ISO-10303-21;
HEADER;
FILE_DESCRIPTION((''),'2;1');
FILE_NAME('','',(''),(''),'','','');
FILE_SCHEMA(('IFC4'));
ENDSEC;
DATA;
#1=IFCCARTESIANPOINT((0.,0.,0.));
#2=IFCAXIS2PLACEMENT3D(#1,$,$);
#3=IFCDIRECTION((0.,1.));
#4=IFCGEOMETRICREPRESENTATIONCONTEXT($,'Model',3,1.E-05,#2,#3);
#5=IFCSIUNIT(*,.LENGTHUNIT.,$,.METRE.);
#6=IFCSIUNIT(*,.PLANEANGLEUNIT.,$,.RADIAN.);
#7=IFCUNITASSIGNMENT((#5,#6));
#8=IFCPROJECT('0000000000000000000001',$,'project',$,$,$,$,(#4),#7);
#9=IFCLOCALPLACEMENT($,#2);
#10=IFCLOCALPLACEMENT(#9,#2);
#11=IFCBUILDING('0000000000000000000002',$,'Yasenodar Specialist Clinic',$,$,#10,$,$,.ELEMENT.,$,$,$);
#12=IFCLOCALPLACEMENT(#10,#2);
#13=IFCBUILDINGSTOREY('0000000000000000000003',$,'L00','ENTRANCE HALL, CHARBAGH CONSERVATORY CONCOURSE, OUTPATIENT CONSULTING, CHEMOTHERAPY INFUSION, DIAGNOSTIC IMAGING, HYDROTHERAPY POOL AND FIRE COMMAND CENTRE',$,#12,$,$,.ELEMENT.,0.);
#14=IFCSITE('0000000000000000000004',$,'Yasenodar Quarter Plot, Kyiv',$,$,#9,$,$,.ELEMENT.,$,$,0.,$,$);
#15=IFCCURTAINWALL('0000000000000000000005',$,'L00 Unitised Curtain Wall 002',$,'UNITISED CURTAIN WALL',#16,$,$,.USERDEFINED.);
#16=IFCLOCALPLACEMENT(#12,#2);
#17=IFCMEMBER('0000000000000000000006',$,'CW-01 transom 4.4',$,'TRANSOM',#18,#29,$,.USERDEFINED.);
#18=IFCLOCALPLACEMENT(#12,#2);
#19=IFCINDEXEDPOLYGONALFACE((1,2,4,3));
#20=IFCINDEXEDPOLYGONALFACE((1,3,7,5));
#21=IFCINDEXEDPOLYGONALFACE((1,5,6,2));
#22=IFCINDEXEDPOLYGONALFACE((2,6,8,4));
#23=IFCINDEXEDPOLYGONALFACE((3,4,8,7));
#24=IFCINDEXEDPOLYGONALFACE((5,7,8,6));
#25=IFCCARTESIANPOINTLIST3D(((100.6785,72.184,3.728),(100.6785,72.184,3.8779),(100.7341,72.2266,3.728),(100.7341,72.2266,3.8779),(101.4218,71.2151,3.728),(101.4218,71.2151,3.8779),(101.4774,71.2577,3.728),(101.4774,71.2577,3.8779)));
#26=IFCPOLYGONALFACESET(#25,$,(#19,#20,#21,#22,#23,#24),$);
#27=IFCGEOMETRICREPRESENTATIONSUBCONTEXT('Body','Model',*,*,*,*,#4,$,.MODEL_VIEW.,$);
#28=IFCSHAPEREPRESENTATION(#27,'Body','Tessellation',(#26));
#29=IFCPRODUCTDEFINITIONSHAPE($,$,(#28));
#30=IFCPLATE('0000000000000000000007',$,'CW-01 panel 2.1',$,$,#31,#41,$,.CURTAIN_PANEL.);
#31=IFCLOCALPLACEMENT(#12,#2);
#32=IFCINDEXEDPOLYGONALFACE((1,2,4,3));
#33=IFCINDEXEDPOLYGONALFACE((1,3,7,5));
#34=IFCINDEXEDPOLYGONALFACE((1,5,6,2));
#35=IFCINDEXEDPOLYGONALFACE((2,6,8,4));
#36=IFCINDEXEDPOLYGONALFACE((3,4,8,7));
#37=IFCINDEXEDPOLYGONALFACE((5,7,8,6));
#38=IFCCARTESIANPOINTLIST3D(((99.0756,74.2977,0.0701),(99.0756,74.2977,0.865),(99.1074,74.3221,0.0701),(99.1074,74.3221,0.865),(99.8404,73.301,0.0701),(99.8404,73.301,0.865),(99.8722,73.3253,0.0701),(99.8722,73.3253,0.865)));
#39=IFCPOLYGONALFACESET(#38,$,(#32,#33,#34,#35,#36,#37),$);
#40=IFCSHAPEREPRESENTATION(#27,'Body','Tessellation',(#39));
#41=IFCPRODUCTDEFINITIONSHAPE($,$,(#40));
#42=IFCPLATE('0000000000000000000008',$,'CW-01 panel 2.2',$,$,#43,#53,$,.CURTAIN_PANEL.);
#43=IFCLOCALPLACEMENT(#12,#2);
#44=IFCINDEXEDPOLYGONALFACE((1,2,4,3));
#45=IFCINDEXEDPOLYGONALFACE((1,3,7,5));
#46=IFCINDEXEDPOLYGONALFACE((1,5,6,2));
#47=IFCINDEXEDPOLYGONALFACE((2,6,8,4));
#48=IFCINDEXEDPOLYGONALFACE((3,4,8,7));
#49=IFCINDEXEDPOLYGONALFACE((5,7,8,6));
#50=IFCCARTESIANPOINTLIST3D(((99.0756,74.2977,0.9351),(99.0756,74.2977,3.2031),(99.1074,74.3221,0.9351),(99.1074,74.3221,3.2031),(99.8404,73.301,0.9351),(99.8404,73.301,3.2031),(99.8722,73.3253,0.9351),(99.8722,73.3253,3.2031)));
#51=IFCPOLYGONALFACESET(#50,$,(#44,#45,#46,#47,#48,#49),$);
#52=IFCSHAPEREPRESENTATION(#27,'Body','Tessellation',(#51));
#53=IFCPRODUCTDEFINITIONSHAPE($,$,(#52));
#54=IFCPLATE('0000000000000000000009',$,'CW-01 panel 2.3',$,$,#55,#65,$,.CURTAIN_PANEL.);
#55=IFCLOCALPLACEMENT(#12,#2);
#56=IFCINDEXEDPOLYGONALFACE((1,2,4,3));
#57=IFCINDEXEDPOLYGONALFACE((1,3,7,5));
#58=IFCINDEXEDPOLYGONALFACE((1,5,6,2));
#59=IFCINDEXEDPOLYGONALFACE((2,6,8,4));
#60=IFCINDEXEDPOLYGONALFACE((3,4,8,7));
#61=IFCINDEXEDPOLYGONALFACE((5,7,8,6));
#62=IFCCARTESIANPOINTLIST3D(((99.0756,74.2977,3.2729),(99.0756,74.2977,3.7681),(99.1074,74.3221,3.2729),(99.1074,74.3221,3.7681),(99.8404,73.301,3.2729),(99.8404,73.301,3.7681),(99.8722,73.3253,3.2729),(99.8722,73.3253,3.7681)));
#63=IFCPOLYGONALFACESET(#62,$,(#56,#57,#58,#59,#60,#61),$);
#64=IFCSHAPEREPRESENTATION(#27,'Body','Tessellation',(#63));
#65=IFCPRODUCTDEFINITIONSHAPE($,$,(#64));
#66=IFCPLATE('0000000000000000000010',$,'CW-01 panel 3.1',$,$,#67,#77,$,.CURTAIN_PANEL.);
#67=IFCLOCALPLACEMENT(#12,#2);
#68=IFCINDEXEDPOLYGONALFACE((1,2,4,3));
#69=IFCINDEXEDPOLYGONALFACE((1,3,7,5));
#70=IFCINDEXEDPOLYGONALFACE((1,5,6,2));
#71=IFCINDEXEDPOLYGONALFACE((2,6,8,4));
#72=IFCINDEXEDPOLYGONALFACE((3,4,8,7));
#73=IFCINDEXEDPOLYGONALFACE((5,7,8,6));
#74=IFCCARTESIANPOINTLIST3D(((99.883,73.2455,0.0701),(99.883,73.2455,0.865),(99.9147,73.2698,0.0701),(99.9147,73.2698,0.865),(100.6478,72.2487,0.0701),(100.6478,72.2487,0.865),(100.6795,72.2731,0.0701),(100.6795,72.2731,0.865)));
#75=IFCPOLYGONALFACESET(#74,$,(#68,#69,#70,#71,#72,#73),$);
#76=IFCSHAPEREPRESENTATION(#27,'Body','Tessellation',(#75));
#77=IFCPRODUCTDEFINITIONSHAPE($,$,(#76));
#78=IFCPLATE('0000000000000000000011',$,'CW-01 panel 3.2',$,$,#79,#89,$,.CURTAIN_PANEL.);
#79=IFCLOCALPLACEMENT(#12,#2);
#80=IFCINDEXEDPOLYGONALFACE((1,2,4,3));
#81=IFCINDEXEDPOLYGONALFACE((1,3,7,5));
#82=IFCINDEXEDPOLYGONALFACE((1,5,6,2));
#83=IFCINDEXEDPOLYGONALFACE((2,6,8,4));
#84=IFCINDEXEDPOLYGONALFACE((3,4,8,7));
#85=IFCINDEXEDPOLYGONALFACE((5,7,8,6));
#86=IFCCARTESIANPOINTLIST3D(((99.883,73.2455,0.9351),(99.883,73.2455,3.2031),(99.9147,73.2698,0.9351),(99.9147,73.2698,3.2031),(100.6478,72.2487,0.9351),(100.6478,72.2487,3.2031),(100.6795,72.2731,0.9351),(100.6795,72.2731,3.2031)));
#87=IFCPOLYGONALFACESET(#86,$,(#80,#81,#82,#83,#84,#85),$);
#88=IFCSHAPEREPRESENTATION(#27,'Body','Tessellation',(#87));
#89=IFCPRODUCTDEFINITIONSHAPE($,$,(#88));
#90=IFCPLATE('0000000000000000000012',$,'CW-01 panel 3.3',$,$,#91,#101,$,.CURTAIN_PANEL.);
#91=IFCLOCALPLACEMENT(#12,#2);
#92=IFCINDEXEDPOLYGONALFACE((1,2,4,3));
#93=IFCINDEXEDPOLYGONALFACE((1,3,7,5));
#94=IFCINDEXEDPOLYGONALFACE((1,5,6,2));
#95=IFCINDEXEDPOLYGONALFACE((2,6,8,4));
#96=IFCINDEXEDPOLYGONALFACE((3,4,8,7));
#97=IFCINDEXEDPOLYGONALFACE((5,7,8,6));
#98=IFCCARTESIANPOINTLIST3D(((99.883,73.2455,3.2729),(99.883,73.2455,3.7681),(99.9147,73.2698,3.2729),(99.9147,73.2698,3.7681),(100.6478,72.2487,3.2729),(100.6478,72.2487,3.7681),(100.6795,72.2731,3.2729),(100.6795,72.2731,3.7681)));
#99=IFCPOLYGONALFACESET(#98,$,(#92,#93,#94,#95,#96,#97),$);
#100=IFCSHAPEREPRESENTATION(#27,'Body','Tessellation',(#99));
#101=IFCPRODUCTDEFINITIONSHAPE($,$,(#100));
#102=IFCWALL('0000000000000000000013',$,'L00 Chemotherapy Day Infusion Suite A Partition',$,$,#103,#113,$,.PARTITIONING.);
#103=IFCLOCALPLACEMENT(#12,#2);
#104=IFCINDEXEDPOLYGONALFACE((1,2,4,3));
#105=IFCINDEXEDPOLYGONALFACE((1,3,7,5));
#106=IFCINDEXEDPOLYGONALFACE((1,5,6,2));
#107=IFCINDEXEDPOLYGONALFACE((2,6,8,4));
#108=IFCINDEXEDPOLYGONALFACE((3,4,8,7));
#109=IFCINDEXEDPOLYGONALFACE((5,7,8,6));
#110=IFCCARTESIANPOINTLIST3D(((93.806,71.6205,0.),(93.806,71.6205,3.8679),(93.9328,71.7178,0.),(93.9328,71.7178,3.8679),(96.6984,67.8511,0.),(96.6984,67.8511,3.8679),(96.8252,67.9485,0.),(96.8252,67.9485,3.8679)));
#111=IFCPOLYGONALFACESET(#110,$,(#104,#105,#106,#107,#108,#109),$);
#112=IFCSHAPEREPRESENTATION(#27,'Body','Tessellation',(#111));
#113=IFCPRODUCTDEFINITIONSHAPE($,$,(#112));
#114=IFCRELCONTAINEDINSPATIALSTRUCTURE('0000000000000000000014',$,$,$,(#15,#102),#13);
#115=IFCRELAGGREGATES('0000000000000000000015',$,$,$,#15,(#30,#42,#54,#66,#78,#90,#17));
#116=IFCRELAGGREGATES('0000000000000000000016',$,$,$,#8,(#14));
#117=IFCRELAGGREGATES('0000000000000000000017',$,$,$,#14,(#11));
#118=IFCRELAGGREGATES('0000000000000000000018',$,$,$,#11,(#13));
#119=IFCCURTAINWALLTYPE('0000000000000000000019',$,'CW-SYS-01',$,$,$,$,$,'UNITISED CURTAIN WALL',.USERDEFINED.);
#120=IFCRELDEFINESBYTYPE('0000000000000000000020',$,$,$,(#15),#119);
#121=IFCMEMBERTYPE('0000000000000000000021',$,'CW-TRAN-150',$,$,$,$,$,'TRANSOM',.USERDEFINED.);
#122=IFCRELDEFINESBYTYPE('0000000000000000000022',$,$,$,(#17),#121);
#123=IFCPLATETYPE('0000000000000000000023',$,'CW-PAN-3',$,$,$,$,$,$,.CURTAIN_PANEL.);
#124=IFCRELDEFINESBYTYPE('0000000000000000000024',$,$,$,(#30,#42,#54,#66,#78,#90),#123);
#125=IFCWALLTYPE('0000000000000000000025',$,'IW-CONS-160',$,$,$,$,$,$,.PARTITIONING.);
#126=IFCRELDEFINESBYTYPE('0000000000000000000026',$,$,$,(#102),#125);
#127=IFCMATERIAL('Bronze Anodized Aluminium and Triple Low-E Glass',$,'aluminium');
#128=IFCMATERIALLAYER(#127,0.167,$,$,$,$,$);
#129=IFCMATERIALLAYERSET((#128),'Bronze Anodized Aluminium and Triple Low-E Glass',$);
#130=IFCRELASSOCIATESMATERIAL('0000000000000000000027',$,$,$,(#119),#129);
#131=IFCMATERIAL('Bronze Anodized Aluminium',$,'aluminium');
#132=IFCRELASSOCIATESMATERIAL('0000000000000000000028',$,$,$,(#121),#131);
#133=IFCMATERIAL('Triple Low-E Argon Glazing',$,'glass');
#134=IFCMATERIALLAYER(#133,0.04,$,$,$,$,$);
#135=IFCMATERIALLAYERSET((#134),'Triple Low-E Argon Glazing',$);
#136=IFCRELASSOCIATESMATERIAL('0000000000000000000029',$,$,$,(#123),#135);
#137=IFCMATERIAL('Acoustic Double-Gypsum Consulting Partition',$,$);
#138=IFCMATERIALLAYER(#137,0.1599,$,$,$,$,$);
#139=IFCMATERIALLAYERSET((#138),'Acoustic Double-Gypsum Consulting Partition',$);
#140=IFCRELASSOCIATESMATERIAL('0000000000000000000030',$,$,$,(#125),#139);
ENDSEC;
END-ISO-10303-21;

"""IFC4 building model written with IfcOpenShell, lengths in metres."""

from ifc_helpers import new_model, si_unit, direction, frame, frame_2d, origin, origin_2d, place, context, subcontext, project, spatial, rectangle, extrude, material, layer, layer_set, material_profile, profile_set, type_object, element, aggregate, save


model = new_model("IFC4")

# Units and contexts
model_context = context("Model", 3, precision=1e-05, world=origin(), true_north=direction((0.0, 1.0)))
body_context = subcontext(model_context, "Body", "Model", "MODEL_VIEW")
ifc_project = project(units=[si_unit("LENGTHUNIT", "METRE"), si_unit("PLANEANGLEUNIT", "RADIAN")], contexts=[model_context])

# Site, building, storey
site_placement = place(None, origin())
site = spatial("IfcSite", under=ifc_project, at=site_placement, Name="Yasenodar Quarter Plot, Kyiv", CompositionType="ELEMENT", RefElevation=0.0)
building_placement = place(site_placement, origin())
building = spatial("IfcBuilding", under=site, at=building_placement, Name="Yasenodar Specialist Clinic", CompositionType="ELEMENT")
storey_placement = place(building_placement, origin())
storey = spatial("IfcBuildingStorey", under=building, at=storey_placement, Name="L00", Description="ENTRANCE HALL, CHARBAGH CONSERVATORY CONCOURSE, OUTPATIENT CONSULTING, CHEMOTHERAPY INFUSION, DIAGNOSTIC IMAGING, HYDROTHERAPY POOL AND FIRE COMMAND CENTRE", CompositionType="ELEMENT", Elevation=0.0)

# Curtain wall, member, plates
ifc_material_1 = material(Name="Bronze Anodized Aluminium and Triple Low-E Glass", Category="aluminium")
ifc_layer_1 = layer(ifc_material_1, 0.167)
ifc_layer_set_1 = layer_set([ifc_layer_1], Name="Bronze Anodized Aluminium and Triple Low-E Glass")
curtain_wall_type = type_object("IfcCurtainWallType", Name="CW-SYS-01", ElementType="UNITISED CURTAIN WALL", PredefinedType="USERDEFINED", material=ifc_layer_set_1)
curtain_wall_placement = place(storey_placement, origin())
curtain_wall = element("IfcCurtainWall", 1, at=curtain_wall_placement, inside=storey, type_object=curtain_wall_type, Name="L00 Unitised Curtain Wall 002", ObjectType="UNITISED CURTAIN WALL", PredefinedType="USERDEFINED")
ifc_material_2 = material(Name="Bronze Anodized Aluminium", Category="aluminium")
ifc_material_profile_1 = material_profile(ifc_material_2, rectangle(XDim=0.0701, YDim=0.1499, at=origin_2d()), Name="CW-TRAN 70x150")
ifc_profile_set_1 = profile_set([ifc_material_profile_1], Name="Bronze Anodized Aluminium")
member_type_1 = type_object("IfcMemberType", Name="CW-TRAN-150", ElementType="TRANSOM", PredefinedType="USERDEFINED", material=ifc_profile_set_1)
member_1_placement = place(storey_placement, frame((100.7063, 72.2053, 3.803), z_axis=(0.608696, -0.793404, 0.0), x_axis=(0.793404, 0.608696, 0.0)))
member_1 = element("IfcMember", 2, at=member_1_placement, type_object=member_type_1, Name="CW-01 transom 4.4", ObjectType="TRANSOM", PredefinedType="USERDEFINED", context=body_context, shape_type="SweptSolid", body=[
    extrude(rectangle(XDim=0.0701, YDim=0.1499, at=origin_2d()), origin(), (0.0, 0.0, 1.0), 1.2212),
])
ifc_material_3 = material(Name="Triple Low-E Argon Glazing", Category="glass")
ifc_layer_2 = layer(ifc_material_3, 0.04)
ifc_layer_set_2 = layer_set([ifc_layer_2], Name="Triple Low-E Argon Glazing")
plate_type = type_object("IfcPlateType", Name="CW-PAN-3", PredefinedType="CURTAIN_PANEL", material=ifc_layer_set_2)
plate_1_placement = place(storey_placement, frame((99.4739, 73.8115, 0.0701), z_axis=(0.0, 0.0, 1.0), x_axis=(0.608752, -0.793361, 0.0)))
plate_1 = element("IfcPlate", 3, at=plate_1_placement, type_object=plate_type, Name="CW-01 panel 2.1", PredefinedType="CURTAIN_PANEL", context=body_context, shape_type="SweptSolid", body=[
    extrude(rectangle(XDim=1.2563, YDim=0.04, at=origin_2d()), origin(), (0.0, 0.0, 1.0), 0.7949),
])
plate_2_placement = place(storey_placement, frame((99.4739, 73.8115, 0.9351), z_axis=(0.0, 0.0, 1.0), x_axis=(0.608752, -0.793361, 0.0)))
plate_2 = element("IfcPlate", 4, at=plate_2_placement, type_object=plate_type, Name="CW-01 panel 2.2", PredefinedType="CURTAIN_PANEL", context=body_context, shape_type="SweptSolid", body=[
    extrude(rectangle(XDim=1.2563, YDim=0.04, at=origin_2d()), origin(), (0.0, 0.0, 1.0), 2.2681),
])
plate_3_placement = place(storey_placement, frame((99.4739, 73.8115, 3.2729), z_axis=(0.0, 0.0, 1.0), x_axis=(0.608752, -0.793361, 0.0)))
plate_3 = element("IfcPlate", 5, at=plate_3_placement, type_object=plate_type, Name="CW-01 panel 2.3", PredefinedType="CURTAIN_PANEL", context=body_context, shape_type="SweptSolid", body=[
    extrude(rectangle(XDim=1.2563, YDim=0.04, at=origin_2d()), origin(), (0.0, 0.0, 1.0), 0.4951),
])
plate_4_placement = place(storey_placement, frame((100.2812, 72.7593, 0.0701), z_axis=(0.0, 0.0, 1.0), x_axis=(0.608752, -0.793361, 0.0)))
plate_4 = element("IfcPlate", 6, at=plate_4_placement, type_object=plate_type, Name="CW-01 panel 3.1", PredefinedType="CURTAIN_PANEL", context=body_context, shape_type="SweptSolid", body=[
    extrude(rectangle(XDim=1.2563, YDim=0.04, at=origin_2d()), origin(), (0.0, 0.0, 1.0), 0.7949),
])
plate_5_placement = place(storey_placement, frame((100.2812, 72.7593, 0.9351), z_axis=(0.0, 0.0, 1.0), x_axis=(0.608752, -0.793361, 0.0)))
plate_5 = element("IfcPlate", 7, at=plate_5_placement, type_object=plate_type, Name="CW-01 panel 3.2", PredefinedType="CURTAIN_PANEL", context=body_context, shape_type="SweptSolid", body=[
    extrude(rectangle(XDim=1.2563, YDim=0.04, at=origin_2d()), origin(), (0.0, 0.0, 1.0), 2.2681),
])
plate_6_placement = place(storey_placement, frame((100.2812, 72.7593, 3.2729), z_axis=(0.0, 0.0, 1.0), x_axis=(0.608752, -0.793361, 0.0)))
plate_6 = element("IfcPlate", 8, at=plate_6_placement, type_object=plate_type, Name="CW-01 panel 3.3", PredefinedType="CURTAIN_PANEL", context=body_context, shape_type="SweptSolid", body=[
    extrude(rectangle(XDim=1.2563, YDim=0.04, at=origin_2d()), origin(), (0.0, 0.0, 1.0), 0.4951),
])
aggregate(curtain_wall, [plate_1, plate_2, plate_3, plate_4, plate_5, plate_6, member_1])

# Wall
ifc_material_4 = material(Name="Acoustic Double-Gypsum Consulting Partition")
ifc_layer_3 = layer(ifc_material_4, 0.1599)
ifc_layer_set_3 = layer_set([ifc_layer_3], Name="Acoustic Double-Gypsum Consulting Partition")
wall_type = type_object("IfcWallType", Name="IW-CONS-160", PredefinedType="PARTITIONING", material=ifc_layer_set_3)
wall_placement = place(storey_placement, frame((96.7617, 67.8999, 0.0), z_axis=(0.0, 0.0, 1.0), x_axis=(-0.608769, 0.793347, 0.0)))
element("IfcWall", 9, at=wall_placement, inside=storey, type_object=wall_type, Name="L00 Chemotherapy Day Infusion Suite A Partition", PredefinedType="PARTITIONING", context=body_context, shape_type="SweptSolid", body=[
    extrude(rectangle(XDim=4.7512, YDim=0.1599, at=frame_2d((2.3755, 0.0))), origin(), (0.0, 0.0, 1.0), 3.8679),
])

save(model, "model.ifc")
